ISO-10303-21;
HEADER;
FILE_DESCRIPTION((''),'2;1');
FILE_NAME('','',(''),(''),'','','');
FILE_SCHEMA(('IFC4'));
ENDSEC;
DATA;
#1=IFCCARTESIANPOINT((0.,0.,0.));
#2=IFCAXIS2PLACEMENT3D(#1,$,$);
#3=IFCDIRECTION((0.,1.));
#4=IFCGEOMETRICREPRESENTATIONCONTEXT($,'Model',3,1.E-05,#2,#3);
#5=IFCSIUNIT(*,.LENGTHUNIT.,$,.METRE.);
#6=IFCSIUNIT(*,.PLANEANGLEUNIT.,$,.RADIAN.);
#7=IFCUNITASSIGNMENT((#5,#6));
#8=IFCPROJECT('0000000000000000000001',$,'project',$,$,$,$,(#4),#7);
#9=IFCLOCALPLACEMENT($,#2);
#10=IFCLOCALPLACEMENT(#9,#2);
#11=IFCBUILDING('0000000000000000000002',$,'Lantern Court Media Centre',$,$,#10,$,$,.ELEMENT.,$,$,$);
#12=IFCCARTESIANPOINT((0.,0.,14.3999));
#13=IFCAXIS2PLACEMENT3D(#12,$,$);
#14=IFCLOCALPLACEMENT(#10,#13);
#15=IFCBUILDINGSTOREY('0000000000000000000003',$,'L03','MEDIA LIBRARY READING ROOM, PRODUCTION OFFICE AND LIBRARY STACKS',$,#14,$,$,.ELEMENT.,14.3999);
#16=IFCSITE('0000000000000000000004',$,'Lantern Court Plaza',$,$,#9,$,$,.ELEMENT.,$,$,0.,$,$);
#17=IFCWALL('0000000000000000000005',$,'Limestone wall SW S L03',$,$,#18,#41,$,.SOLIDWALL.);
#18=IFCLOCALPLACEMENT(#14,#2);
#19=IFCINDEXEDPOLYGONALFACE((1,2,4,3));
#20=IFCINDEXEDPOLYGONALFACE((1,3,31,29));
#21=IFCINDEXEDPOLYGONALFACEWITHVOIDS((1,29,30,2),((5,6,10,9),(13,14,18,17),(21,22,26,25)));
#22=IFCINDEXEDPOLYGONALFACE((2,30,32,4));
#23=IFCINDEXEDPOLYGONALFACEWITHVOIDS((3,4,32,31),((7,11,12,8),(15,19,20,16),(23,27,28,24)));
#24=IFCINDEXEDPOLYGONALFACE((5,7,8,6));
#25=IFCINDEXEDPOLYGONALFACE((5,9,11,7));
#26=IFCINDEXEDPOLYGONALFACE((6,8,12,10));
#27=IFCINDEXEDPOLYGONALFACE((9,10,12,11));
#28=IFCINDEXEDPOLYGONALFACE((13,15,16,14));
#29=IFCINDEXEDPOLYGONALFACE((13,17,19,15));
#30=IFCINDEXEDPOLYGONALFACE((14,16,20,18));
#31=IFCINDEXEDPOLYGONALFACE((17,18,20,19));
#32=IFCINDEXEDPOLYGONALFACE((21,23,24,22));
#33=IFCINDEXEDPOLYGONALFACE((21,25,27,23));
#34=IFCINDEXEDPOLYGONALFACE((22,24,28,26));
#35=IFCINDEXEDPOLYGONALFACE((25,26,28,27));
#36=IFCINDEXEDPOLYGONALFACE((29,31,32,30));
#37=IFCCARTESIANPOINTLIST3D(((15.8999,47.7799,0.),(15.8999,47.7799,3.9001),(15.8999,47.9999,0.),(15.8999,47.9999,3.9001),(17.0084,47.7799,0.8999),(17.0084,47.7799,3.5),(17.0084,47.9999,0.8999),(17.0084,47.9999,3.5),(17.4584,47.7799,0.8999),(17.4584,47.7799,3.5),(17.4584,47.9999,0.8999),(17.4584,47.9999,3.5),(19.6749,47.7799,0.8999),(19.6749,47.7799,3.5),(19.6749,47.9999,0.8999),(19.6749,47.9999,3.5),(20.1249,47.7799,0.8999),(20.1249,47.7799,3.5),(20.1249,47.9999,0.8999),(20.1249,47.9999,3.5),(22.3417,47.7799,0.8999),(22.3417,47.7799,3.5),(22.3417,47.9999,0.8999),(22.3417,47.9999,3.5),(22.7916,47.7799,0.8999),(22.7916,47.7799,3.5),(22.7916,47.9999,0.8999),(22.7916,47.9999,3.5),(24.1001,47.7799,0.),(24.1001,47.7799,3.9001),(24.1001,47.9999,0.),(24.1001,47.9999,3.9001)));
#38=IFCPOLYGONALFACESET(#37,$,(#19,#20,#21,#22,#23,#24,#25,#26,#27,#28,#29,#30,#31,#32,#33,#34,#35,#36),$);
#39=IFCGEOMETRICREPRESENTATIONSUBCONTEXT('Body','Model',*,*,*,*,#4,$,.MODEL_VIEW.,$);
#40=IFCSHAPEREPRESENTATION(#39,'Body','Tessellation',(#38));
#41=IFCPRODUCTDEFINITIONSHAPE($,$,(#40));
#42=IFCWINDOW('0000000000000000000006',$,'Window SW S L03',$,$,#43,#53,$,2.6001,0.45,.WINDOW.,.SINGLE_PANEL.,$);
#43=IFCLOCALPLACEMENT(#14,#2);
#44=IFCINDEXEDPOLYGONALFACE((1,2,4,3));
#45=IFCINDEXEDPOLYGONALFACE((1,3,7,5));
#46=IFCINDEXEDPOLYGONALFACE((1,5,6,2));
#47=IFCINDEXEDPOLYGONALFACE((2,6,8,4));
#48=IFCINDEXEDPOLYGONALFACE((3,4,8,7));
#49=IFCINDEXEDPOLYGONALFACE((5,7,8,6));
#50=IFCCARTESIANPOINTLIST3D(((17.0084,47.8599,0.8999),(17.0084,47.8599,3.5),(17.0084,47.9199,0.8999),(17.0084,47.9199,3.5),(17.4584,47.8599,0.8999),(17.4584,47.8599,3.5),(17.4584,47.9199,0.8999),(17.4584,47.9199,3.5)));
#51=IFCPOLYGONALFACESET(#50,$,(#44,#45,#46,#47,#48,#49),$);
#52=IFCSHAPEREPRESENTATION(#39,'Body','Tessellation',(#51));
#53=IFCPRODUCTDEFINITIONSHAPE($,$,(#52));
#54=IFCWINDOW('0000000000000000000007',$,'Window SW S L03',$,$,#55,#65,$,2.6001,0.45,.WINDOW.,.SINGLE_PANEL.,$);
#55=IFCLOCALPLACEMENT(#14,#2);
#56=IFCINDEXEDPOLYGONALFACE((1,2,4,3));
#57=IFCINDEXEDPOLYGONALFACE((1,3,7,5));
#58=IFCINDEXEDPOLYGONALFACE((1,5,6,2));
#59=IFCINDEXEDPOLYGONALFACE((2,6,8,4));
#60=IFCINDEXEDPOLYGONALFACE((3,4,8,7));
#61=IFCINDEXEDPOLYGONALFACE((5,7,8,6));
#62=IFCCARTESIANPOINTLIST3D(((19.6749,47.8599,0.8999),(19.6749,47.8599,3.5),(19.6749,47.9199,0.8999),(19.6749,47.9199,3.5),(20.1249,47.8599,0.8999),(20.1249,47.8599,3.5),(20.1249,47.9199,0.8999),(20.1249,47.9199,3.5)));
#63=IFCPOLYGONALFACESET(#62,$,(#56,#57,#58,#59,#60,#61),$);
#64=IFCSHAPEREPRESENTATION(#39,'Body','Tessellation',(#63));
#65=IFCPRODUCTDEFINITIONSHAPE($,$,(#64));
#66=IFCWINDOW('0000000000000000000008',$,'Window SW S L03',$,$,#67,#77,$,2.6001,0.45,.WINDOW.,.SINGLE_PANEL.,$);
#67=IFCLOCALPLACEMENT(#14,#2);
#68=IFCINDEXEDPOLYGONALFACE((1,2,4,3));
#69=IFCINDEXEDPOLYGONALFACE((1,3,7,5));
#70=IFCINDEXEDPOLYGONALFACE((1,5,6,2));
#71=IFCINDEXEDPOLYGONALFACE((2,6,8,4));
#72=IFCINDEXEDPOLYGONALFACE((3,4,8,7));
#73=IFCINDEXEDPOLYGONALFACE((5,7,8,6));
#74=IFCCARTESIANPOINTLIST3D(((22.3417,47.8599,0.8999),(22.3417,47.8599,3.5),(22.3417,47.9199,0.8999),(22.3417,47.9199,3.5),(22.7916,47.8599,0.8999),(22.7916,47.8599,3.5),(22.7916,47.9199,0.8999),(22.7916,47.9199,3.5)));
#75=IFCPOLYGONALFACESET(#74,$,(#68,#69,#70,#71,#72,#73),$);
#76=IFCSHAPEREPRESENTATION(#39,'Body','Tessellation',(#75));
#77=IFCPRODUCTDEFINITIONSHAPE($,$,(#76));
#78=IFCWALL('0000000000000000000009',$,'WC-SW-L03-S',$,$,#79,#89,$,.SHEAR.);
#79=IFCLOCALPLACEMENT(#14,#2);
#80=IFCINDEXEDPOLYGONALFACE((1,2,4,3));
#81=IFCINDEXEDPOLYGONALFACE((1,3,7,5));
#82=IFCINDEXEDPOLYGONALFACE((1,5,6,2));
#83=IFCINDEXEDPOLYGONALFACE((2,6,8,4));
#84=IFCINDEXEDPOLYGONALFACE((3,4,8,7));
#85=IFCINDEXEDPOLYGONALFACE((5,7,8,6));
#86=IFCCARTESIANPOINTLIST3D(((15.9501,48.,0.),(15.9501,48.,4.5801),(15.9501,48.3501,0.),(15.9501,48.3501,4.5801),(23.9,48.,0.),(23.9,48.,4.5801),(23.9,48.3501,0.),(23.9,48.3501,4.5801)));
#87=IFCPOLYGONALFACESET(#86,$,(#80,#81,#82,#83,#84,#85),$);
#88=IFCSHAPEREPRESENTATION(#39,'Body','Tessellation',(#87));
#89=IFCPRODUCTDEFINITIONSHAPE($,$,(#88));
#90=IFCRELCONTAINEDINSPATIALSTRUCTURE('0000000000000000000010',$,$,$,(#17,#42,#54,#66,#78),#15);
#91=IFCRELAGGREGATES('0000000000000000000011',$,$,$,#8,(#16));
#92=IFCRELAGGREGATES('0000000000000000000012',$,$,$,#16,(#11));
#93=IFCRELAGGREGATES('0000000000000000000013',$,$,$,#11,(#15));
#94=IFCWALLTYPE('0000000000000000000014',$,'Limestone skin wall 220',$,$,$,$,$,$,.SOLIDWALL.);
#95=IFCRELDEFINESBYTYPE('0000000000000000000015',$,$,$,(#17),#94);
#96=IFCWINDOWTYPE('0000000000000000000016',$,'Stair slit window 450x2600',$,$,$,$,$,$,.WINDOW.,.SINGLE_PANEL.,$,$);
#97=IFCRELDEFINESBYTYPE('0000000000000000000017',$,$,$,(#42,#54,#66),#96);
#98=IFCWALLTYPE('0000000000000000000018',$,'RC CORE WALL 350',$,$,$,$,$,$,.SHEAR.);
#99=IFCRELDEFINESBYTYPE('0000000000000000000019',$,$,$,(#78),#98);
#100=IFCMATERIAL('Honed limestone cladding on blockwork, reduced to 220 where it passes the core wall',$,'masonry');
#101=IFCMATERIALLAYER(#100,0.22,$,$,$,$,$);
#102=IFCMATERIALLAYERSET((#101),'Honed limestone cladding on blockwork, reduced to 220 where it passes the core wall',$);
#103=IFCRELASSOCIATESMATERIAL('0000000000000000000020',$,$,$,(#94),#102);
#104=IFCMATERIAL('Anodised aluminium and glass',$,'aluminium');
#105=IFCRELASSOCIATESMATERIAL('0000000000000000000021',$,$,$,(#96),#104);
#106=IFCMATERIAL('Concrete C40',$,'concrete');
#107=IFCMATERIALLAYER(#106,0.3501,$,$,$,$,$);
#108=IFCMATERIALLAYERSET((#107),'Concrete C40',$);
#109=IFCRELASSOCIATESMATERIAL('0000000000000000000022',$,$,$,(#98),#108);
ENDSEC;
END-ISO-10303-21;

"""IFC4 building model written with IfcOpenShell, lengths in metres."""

from ifc_helpers import new_model, si_unit, direction, frame, frame_2d, origin, place, context, subcontext, project, spatial, rectangle, extrude, material, layer, layer_set, type_object, element, fill, save


model = new_model("IFC4")

# Units and contexts
model_context = context("Model", 3, precision=1e-05, world=origin(), true_north=direction((0.0, 1.0)))
body_context = subcontext(model_context, "Body", "Model", "MODEL_VIEW")
ifc_project = project(units=[si_unit("LENGTHUNIT", "METRE"), si_unit("PLANEANGLEUNIT", "RADIAN")], contexts=[model_context])

# Site, building, storey
site_placement = place(None, origin())
site = spatial("IfcSite", under=ifc_project, at=site_placement, Name="Lantern Court Plaza", CompositionType="ELEMENT", RefElevation=0.0)
building_placement = place(site_placement, origin())
building = spatial("IfcBuilding", under=site, at=building_placement, Name="Lantern Court Media Centre", CompositionType="ELEMENT")
storey_placement = place(building_placement, frame((0.0, 0.0, 14.3999)))
storey = spatial("IfcBuildingStorey", under=building, at=storey_placement, Name="L03", Description="MEDIA LIBRARY READING ROOM, PRODUCTION OFFICE AND LIBRARY STACKS", CompositionType="ELEMENT", Elevation=14.3999)

# Wall, openings, windows
ifc_material_1 = material(Name="Honed limestone cladding on blockwork, reduced to 220 where it passes the core wall", Category="masonry")
ifc_layer_1 = layer(ifc_material_1, 0.22)
ifc_layer_set_1 = layer_set([ifc_layer_1], Name="Honed limestone cladding on blockwork, reduced to 220 where it passes the core wall")
wall_type_1 = type_object("IfcWallType", Name="Limestone skin wall 220", PredefinedType="SOLIDWALL", material=ifc_layer_set_1)
wall_1_placement = place(storey_placement, frame((15.8999, 47.8899, 0.0), z_axis=(0.0, 0.0, 1.0), x_axis=(1.0, 0.0, 0.0)))
wall_1 = element("IfcWall", 1, at=wall_1_placement, inside=storey, type_object=wall_type_1, Name="Limestone wall SW S L03", PredefinedType="SOLIDWALL", context=body_context, shape_type="SweptSolid", body=[
    extrude(rectangle(XDim=8.2002, YDim=0.22, at=frame_2d((4.1001, 0.0))), origin(), (0.0, 0.0, 1.0), 3.9001),
])
opening_1_placement = place(wall_1_placement, frame((1.1084, 0.0, 0.8999)))
opening_1 = element("IfcOpeningElement", 2, at=opening_1_placement, cuts=wall_1, PredefinedType="OPENING", context=body_context, shape_type="SweptSolid", body=[
    extrude(rectangle(XDim=0.45, YDim=2.6001, at=frame_2d((0.2251, 1.3))), frame((0.0, 0.1199, 0.0), z_axis=(0.0, -1.0, 0.0), x_axis=(1.0, 0.0, 0.0)), (0.0, 0.0, 1.0), 0.24),
])
opening_2_placement = place(wall_1_placement, frame((3.7749, 0.0, 0.8999)))
opening_2 = element("IfcOpeningElement", 3, at=opening_2_placement, cuts=wall_1, PredefinedType="OPENING", context=body_context, shape_type="SweptSolid", body=[
    extrude(rectangle(XDim=0.45, YDim=2.6001, at=frame_2d((0.2251, 1.3))), frame((0.0, 0.1199, 0.0), z_axis=(0.0, -1.0, 0.0), x_axis=(1.0, 0.0, 0.0)), (0.0, 0.0, 1.0), 0.24),
])
opening_3_placement = place(wall_1_placement, frame((6.4417, 0.0, 0.8999)))
opening_3 = element("IfcOpeningElement", 4, at=opening_3_placement, cuts=wall_1, PredefinedType="OPENING", context=body_context, shape_type="SweptSolid", body=[
    extrude(rectangle(XDim=0.45, YDim=2.6001, at=frame_2d((0.2251, 1.3))), frame((0.0, 0.1199, 0.0), z_axis=(0.0, -1.0, 0.0), x_axis=(1.0, 0.0, 0.0)), (0.0, 0.0, 1.0), 0.24),
])
ifc_material_2 = material(Name="Anodised aluminium and glass", Category="aluminium")
window_type = type_object("IfcWindowType", Name="Stair slit window 450x2600", PartitioningType="SINGLE_PANEL", PredefinedType="WINDOW", material=ifc_material_2)
window_1_placement = place(opening_1_placement, origin())
window_1 = element("IfcWindow", 5, at=window_1_placement, inside=storey, type_object=window_type, Name="Window SW S L03", OverallHeight=2.6001, OverallWidth=0.45, PartitioningType="SINGLE_PANEL", PredefinedType="WINDOW", context=body_context, shape_type="SweptSolid", body=[
    extrude(rectangle(XDim=0.45, YDim=2.6001, at=frame_2d((0.2251, 1.3))), frame((0.0, 0.03, 0.0), z_axis=(0.0, -1.0, 0.0), x_axis=(1.0, 0.0, 0.0)), (0.0, 0.0, 1.0), 0.0601),
])
fill(opening_1, window_1)
window_2_placement = place(opening_2_placement, origin())
window_2 = element("IfcWindow", 6, at=window_2_placement, inside=storey, type_object=window_type, Name="Window SW S L03", OverallHeight=2.6001, OverallWidth=0.45, PartitioningType="SINGLE_PANEL", PredefinedType="WINDOW", context=body_context, shape_type="SweptSolid", body=[
    extrude(rectangle(XDim=0.45, YDim=2.6001, at=frame_2d((0.2251, 1.3))), frame((0.0, 0.03, 0.0), z_axis=(0.0, -1.0, 0.0), x_axis=(1.0, 0.0, 0.0)), (0.0, 0.0, 1.0), 0.0601),
])
fill(opening_2, window_2)
window_3_placement = place(opening_3_placement, origin())
window_3 = element("IfcWindow", 7, at=window_3_placement, inside=storey, type_object=window_type, Name="Window SW S L03", OverallHeight=2.6001, OverallWidth=0.45, PartitioningType="SINGLE_PANEL", PredefinedType="WINDOW", context=body_context, shape_type="SweptSolid", body=[
    extrude(rectangle(XDim=0.45, YDim=2.6001, at=frame_2d((0.2251, 1.3))), frame((0.0, 0.03, 0.0), z_axis=(0.0, -1.0, 0.0), x_axis=(1.0, 0.0, 0.0)), (0.0, 0.0, 1.0), 0.0601),
])
fill(opening_3, window_3)

# Wall
ifc_material_3 = material(Name="Concrete C40", Category="concrete")
ifc_layer_2 = layer(ifc_material_3, 0.3501)
ifc_layer_set_2 = layer_set([ifc_layer_2], Name="Concrete C40")
wall_type_2 = type_object("IfcWallType", Name="RC CORE WALL 350", PredefinedType="SHEAR", material=ifc_layer_set_2)
wall_2_placement = place(storey_placement, frame((15.95, 48.175, 0.0), z_axis=(0.0, 0.0, 1.0), x_axis=(1.0, 0.0, 0.0)))
element("IfcWall", 8, at=wall_2_placement, inside=storey, type_object=wall_type_2, Name="WC-SW-L03-S", PredefinedType="SHEAR", context=body_context, shape_type="SweptSolid", body=[
    extrude(rectangle(XDim=7.95, YDim=0.3501, at=frame_2d((3.9751, 0.0))), origin(), (0.0, 0.0, 1.0), 4.5801),
])

save(model, "model.ifc")
